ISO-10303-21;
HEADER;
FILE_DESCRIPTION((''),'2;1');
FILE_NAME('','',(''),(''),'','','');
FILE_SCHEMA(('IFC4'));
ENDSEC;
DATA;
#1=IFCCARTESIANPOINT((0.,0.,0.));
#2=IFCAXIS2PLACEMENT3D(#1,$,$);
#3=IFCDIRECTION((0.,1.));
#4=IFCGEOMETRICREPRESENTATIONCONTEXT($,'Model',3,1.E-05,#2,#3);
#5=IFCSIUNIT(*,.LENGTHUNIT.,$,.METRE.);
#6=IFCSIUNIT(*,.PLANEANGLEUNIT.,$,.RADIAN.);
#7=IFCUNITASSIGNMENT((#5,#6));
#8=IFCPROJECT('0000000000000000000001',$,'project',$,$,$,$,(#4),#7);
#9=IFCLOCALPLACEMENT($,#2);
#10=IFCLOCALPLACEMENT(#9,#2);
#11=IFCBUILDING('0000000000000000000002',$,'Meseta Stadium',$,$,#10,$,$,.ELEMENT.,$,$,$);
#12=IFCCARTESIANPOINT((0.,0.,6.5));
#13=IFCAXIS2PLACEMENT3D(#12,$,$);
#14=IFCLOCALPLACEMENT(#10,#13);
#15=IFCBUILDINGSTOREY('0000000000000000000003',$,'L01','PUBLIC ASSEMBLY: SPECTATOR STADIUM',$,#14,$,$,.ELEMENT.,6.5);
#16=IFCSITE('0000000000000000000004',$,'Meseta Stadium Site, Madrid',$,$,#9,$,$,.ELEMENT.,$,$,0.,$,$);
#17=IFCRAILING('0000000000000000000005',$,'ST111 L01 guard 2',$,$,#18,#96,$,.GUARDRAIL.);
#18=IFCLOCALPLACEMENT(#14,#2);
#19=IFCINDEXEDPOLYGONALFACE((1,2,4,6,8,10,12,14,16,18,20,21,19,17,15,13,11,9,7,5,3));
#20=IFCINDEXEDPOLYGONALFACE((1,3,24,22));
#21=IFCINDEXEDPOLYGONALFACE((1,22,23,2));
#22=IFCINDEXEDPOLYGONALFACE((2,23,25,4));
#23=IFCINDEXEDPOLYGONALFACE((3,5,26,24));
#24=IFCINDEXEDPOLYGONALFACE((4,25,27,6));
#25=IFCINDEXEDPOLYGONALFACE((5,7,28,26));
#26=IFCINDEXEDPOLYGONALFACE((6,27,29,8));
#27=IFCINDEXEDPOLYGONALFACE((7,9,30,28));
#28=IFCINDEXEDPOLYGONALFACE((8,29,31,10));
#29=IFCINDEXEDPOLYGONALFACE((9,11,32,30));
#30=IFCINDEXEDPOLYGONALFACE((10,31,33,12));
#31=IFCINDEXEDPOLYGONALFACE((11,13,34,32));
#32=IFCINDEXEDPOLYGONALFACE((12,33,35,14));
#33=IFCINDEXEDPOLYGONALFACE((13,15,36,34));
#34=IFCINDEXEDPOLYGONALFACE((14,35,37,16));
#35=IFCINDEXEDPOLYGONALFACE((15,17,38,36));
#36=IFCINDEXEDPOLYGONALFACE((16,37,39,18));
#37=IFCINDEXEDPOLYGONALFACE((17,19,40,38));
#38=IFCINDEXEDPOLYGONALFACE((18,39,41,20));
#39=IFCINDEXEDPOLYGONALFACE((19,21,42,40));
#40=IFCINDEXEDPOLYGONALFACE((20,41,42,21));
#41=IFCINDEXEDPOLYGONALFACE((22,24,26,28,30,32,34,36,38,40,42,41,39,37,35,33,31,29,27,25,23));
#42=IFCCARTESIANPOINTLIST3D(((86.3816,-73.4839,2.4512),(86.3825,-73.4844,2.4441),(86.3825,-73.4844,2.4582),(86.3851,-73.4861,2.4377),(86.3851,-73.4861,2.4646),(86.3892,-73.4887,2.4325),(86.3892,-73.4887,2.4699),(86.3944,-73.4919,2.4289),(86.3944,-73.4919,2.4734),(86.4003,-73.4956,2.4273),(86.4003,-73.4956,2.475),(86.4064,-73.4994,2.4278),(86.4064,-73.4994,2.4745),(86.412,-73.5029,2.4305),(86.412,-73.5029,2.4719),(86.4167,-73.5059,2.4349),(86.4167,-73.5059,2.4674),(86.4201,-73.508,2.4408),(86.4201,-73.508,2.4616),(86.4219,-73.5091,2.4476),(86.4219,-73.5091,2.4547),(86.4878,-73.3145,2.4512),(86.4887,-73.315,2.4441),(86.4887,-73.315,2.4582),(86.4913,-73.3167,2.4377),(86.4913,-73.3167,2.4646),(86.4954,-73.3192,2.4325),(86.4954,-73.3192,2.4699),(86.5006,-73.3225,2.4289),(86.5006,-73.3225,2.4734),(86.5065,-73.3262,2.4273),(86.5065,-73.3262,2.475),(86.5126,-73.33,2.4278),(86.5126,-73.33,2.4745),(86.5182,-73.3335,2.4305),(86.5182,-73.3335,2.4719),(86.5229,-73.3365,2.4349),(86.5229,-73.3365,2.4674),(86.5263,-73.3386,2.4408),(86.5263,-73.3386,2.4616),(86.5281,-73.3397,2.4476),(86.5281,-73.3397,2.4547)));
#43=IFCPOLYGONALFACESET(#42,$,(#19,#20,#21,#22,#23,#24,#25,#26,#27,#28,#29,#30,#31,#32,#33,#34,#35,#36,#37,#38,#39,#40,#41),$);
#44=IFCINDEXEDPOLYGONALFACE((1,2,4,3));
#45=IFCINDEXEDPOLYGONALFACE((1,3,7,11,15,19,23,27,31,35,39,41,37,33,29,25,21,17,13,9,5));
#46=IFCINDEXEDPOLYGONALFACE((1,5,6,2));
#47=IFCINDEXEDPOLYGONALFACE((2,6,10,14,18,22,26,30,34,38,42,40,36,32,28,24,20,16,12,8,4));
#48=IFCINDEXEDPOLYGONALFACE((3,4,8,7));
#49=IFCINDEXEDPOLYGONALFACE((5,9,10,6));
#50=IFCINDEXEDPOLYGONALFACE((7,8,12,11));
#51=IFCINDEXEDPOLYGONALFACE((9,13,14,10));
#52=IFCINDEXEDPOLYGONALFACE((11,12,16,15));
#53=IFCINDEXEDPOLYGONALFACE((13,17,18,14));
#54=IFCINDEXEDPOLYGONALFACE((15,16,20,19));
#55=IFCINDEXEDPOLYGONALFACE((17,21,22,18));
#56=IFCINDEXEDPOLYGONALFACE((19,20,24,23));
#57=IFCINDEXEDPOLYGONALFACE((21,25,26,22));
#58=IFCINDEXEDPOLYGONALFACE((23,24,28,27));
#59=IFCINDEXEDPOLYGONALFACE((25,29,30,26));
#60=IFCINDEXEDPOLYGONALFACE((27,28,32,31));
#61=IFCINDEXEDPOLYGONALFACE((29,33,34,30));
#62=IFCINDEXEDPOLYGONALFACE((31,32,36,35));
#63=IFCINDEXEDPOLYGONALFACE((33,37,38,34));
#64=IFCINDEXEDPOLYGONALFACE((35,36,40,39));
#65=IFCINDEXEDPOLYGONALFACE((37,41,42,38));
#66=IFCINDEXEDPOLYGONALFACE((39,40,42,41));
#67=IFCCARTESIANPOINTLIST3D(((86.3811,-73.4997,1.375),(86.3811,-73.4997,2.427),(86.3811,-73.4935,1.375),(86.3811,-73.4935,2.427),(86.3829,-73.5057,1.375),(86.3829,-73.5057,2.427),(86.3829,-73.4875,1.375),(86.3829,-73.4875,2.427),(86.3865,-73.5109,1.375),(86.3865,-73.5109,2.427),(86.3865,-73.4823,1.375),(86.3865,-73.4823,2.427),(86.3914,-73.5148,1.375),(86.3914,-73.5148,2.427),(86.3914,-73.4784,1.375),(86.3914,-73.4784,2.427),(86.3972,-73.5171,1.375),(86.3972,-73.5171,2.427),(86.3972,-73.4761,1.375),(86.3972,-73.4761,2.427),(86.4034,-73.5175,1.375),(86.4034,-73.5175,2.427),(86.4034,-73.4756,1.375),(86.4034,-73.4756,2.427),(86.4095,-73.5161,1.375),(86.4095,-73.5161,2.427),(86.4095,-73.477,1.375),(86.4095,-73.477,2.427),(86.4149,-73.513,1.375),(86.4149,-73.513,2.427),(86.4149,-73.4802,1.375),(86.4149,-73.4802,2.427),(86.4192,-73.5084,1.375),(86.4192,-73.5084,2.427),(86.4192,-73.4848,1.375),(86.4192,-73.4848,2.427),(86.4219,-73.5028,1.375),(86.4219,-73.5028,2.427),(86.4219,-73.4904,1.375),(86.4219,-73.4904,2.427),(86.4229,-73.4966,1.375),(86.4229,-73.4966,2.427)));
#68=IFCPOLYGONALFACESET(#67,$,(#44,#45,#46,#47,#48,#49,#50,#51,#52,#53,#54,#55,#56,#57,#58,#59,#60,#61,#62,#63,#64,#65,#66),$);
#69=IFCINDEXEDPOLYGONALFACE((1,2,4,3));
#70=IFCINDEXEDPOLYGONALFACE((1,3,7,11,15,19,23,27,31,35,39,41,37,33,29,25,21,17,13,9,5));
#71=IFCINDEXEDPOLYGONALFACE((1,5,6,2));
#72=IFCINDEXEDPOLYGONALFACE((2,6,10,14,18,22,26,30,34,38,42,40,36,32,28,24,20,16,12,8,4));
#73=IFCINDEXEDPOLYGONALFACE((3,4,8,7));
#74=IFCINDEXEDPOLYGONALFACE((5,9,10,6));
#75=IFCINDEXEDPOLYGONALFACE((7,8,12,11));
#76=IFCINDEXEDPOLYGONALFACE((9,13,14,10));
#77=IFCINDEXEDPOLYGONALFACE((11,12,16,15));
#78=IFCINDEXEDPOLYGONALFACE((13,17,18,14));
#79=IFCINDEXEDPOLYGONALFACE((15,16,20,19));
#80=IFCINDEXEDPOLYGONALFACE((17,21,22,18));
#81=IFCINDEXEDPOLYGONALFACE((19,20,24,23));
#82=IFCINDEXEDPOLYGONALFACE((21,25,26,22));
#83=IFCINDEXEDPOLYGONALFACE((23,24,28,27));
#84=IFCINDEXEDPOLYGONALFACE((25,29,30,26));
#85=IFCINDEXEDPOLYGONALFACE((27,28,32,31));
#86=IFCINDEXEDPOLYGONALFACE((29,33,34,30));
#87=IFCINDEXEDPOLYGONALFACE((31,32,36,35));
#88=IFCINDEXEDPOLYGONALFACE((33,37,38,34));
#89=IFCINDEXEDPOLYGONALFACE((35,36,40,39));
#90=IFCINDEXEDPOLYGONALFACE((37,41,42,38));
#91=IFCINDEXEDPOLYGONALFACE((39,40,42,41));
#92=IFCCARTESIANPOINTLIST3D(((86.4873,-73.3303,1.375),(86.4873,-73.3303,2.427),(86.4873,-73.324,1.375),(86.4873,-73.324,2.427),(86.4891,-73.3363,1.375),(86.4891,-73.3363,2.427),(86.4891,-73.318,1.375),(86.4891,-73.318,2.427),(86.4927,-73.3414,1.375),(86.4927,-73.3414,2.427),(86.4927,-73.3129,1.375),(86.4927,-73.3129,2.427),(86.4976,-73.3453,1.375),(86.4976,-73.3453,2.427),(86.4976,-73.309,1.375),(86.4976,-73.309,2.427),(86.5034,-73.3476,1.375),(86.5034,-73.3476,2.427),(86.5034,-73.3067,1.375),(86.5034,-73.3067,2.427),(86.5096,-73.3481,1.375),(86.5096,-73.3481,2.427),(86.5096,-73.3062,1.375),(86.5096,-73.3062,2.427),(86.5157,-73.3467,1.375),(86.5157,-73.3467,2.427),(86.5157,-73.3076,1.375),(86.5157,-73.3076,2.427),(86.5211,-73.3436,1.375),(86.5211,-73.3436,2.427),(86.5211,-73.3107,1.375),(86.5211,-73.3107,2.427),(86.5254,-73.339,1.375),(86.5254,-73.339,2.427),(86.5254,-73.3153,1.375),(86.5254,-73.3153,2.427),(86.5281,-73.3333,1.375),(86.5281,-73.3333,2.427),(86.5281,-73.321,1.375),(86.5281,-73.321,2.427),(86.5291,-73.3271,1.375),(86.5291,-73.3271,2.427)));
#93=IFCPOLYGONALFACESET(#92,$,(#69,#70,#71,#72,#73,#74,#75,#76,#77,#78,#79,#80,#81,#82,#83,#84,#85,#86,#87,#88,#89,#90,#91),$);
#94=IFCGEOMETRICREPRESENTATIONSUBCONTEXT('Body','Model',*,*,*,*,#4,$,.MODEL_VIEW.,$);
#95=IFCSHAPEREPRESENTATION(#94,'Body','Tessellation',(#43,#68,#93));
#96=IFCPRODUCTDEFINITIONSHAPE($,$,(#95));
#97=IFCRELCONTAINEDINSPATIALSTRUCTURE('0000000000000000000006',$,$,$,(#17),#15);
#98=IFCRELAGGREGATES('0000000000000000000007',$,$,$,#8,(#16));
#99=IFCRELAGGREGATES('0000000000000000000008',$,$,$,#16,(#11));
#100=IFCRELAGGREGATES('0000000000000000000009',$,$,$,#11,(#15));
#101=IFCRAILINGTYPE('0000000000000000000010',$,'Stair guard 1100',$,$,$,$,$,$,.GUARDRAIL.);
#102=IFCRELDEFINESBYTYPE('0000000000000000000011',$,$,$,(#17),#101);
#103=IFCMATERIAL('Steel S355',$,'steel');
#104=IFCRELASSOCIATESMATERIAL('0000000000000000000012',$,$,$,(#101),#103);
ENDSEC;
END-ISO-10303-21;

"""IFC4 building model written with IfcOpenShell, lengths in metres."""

from ifc_helpers import new_model, si_unit, direction, frame, origin, origin_2d, place, context, subcontext, project, spatial, circle, extrude, material, type_object, element, save


model = new_model("IFC4")

# Units and contexts
model_context = context("Model", 3, precision=1e-05, world=origin(), true_north=direction((0.0, 1.0)))
body_context = subcontext(model_context, "Body", "Model", "MODEL_VIEW")
ifc_project = project(units=[si_unit("LENGTHUNIT", "METRE"), si_unit("PLANEANGLEUNIT", "RADIAN")], contexts=[model_context])

# Site, building, storey
site_placement = place(None, origin())
site = spatial("IfcSite", under=ifc_project, at=site_placement, Name="Meseta Stadium Site, Madrid", CompositionType="ELEMENT", RefElevation=0.0)
building_placement = place(site_placement, origin())
building = spatial("IfcBuilding", under=site, at=building_placement, Name="Meseta Stadium", CompositionType="ELEMENT")
storey_placement = place(building_placement, frame((0.0, 0.0, 6.5)))
storey = spatial("IfcBuildingStorey", under=building, at=storey_placement, Name="L01", Description="PUBLIC ASSEMBLY: SPECTATOR STADIUM", CompositionType="ELEMENT", Elevation=6.5)

# Railing
ifc_material_1 = material(Name="Steel S355", Category="steel")
railing_type_1 = type_object("IfcRailingType", Name="Stair guard 1100", PredefinedType="GUARDRAIL", material=ifc_material_1)
railing_1_placement = place(storey_placement, frame((86.4019, -73.4966, 1.375)))
element("IfcRailing", 1, at=railing_1_placement, inside=storey, type_object=railing_type_1, Name="ST111 L01 guard 2", PredefinedType="GUARDRAIL", context=body_context, shape_type="SweptSolid", body=[
    extrude(circle(Radius=0.0239, at=origin_2d()), frame((0.0, 0.0, 1.0762), z_axis=(0.531096, 0.847312, 0.0), x_axis=(-0.847312, 0.531096, 0.0)), (0.0, 0.0, 1.0), 0.2),
    extrude(circle(Radius=0.021, at=origin_2d()), origin(), (0.0, 0.0, 1.0), 1.052),
    extrude(circle(Radius=0.021, at=origin_2d()), frame((0.1062, 0.1694, 0.0)), (0.0, 0.0, 1.0), 1.052),
])

save(model, "model.ifc")
